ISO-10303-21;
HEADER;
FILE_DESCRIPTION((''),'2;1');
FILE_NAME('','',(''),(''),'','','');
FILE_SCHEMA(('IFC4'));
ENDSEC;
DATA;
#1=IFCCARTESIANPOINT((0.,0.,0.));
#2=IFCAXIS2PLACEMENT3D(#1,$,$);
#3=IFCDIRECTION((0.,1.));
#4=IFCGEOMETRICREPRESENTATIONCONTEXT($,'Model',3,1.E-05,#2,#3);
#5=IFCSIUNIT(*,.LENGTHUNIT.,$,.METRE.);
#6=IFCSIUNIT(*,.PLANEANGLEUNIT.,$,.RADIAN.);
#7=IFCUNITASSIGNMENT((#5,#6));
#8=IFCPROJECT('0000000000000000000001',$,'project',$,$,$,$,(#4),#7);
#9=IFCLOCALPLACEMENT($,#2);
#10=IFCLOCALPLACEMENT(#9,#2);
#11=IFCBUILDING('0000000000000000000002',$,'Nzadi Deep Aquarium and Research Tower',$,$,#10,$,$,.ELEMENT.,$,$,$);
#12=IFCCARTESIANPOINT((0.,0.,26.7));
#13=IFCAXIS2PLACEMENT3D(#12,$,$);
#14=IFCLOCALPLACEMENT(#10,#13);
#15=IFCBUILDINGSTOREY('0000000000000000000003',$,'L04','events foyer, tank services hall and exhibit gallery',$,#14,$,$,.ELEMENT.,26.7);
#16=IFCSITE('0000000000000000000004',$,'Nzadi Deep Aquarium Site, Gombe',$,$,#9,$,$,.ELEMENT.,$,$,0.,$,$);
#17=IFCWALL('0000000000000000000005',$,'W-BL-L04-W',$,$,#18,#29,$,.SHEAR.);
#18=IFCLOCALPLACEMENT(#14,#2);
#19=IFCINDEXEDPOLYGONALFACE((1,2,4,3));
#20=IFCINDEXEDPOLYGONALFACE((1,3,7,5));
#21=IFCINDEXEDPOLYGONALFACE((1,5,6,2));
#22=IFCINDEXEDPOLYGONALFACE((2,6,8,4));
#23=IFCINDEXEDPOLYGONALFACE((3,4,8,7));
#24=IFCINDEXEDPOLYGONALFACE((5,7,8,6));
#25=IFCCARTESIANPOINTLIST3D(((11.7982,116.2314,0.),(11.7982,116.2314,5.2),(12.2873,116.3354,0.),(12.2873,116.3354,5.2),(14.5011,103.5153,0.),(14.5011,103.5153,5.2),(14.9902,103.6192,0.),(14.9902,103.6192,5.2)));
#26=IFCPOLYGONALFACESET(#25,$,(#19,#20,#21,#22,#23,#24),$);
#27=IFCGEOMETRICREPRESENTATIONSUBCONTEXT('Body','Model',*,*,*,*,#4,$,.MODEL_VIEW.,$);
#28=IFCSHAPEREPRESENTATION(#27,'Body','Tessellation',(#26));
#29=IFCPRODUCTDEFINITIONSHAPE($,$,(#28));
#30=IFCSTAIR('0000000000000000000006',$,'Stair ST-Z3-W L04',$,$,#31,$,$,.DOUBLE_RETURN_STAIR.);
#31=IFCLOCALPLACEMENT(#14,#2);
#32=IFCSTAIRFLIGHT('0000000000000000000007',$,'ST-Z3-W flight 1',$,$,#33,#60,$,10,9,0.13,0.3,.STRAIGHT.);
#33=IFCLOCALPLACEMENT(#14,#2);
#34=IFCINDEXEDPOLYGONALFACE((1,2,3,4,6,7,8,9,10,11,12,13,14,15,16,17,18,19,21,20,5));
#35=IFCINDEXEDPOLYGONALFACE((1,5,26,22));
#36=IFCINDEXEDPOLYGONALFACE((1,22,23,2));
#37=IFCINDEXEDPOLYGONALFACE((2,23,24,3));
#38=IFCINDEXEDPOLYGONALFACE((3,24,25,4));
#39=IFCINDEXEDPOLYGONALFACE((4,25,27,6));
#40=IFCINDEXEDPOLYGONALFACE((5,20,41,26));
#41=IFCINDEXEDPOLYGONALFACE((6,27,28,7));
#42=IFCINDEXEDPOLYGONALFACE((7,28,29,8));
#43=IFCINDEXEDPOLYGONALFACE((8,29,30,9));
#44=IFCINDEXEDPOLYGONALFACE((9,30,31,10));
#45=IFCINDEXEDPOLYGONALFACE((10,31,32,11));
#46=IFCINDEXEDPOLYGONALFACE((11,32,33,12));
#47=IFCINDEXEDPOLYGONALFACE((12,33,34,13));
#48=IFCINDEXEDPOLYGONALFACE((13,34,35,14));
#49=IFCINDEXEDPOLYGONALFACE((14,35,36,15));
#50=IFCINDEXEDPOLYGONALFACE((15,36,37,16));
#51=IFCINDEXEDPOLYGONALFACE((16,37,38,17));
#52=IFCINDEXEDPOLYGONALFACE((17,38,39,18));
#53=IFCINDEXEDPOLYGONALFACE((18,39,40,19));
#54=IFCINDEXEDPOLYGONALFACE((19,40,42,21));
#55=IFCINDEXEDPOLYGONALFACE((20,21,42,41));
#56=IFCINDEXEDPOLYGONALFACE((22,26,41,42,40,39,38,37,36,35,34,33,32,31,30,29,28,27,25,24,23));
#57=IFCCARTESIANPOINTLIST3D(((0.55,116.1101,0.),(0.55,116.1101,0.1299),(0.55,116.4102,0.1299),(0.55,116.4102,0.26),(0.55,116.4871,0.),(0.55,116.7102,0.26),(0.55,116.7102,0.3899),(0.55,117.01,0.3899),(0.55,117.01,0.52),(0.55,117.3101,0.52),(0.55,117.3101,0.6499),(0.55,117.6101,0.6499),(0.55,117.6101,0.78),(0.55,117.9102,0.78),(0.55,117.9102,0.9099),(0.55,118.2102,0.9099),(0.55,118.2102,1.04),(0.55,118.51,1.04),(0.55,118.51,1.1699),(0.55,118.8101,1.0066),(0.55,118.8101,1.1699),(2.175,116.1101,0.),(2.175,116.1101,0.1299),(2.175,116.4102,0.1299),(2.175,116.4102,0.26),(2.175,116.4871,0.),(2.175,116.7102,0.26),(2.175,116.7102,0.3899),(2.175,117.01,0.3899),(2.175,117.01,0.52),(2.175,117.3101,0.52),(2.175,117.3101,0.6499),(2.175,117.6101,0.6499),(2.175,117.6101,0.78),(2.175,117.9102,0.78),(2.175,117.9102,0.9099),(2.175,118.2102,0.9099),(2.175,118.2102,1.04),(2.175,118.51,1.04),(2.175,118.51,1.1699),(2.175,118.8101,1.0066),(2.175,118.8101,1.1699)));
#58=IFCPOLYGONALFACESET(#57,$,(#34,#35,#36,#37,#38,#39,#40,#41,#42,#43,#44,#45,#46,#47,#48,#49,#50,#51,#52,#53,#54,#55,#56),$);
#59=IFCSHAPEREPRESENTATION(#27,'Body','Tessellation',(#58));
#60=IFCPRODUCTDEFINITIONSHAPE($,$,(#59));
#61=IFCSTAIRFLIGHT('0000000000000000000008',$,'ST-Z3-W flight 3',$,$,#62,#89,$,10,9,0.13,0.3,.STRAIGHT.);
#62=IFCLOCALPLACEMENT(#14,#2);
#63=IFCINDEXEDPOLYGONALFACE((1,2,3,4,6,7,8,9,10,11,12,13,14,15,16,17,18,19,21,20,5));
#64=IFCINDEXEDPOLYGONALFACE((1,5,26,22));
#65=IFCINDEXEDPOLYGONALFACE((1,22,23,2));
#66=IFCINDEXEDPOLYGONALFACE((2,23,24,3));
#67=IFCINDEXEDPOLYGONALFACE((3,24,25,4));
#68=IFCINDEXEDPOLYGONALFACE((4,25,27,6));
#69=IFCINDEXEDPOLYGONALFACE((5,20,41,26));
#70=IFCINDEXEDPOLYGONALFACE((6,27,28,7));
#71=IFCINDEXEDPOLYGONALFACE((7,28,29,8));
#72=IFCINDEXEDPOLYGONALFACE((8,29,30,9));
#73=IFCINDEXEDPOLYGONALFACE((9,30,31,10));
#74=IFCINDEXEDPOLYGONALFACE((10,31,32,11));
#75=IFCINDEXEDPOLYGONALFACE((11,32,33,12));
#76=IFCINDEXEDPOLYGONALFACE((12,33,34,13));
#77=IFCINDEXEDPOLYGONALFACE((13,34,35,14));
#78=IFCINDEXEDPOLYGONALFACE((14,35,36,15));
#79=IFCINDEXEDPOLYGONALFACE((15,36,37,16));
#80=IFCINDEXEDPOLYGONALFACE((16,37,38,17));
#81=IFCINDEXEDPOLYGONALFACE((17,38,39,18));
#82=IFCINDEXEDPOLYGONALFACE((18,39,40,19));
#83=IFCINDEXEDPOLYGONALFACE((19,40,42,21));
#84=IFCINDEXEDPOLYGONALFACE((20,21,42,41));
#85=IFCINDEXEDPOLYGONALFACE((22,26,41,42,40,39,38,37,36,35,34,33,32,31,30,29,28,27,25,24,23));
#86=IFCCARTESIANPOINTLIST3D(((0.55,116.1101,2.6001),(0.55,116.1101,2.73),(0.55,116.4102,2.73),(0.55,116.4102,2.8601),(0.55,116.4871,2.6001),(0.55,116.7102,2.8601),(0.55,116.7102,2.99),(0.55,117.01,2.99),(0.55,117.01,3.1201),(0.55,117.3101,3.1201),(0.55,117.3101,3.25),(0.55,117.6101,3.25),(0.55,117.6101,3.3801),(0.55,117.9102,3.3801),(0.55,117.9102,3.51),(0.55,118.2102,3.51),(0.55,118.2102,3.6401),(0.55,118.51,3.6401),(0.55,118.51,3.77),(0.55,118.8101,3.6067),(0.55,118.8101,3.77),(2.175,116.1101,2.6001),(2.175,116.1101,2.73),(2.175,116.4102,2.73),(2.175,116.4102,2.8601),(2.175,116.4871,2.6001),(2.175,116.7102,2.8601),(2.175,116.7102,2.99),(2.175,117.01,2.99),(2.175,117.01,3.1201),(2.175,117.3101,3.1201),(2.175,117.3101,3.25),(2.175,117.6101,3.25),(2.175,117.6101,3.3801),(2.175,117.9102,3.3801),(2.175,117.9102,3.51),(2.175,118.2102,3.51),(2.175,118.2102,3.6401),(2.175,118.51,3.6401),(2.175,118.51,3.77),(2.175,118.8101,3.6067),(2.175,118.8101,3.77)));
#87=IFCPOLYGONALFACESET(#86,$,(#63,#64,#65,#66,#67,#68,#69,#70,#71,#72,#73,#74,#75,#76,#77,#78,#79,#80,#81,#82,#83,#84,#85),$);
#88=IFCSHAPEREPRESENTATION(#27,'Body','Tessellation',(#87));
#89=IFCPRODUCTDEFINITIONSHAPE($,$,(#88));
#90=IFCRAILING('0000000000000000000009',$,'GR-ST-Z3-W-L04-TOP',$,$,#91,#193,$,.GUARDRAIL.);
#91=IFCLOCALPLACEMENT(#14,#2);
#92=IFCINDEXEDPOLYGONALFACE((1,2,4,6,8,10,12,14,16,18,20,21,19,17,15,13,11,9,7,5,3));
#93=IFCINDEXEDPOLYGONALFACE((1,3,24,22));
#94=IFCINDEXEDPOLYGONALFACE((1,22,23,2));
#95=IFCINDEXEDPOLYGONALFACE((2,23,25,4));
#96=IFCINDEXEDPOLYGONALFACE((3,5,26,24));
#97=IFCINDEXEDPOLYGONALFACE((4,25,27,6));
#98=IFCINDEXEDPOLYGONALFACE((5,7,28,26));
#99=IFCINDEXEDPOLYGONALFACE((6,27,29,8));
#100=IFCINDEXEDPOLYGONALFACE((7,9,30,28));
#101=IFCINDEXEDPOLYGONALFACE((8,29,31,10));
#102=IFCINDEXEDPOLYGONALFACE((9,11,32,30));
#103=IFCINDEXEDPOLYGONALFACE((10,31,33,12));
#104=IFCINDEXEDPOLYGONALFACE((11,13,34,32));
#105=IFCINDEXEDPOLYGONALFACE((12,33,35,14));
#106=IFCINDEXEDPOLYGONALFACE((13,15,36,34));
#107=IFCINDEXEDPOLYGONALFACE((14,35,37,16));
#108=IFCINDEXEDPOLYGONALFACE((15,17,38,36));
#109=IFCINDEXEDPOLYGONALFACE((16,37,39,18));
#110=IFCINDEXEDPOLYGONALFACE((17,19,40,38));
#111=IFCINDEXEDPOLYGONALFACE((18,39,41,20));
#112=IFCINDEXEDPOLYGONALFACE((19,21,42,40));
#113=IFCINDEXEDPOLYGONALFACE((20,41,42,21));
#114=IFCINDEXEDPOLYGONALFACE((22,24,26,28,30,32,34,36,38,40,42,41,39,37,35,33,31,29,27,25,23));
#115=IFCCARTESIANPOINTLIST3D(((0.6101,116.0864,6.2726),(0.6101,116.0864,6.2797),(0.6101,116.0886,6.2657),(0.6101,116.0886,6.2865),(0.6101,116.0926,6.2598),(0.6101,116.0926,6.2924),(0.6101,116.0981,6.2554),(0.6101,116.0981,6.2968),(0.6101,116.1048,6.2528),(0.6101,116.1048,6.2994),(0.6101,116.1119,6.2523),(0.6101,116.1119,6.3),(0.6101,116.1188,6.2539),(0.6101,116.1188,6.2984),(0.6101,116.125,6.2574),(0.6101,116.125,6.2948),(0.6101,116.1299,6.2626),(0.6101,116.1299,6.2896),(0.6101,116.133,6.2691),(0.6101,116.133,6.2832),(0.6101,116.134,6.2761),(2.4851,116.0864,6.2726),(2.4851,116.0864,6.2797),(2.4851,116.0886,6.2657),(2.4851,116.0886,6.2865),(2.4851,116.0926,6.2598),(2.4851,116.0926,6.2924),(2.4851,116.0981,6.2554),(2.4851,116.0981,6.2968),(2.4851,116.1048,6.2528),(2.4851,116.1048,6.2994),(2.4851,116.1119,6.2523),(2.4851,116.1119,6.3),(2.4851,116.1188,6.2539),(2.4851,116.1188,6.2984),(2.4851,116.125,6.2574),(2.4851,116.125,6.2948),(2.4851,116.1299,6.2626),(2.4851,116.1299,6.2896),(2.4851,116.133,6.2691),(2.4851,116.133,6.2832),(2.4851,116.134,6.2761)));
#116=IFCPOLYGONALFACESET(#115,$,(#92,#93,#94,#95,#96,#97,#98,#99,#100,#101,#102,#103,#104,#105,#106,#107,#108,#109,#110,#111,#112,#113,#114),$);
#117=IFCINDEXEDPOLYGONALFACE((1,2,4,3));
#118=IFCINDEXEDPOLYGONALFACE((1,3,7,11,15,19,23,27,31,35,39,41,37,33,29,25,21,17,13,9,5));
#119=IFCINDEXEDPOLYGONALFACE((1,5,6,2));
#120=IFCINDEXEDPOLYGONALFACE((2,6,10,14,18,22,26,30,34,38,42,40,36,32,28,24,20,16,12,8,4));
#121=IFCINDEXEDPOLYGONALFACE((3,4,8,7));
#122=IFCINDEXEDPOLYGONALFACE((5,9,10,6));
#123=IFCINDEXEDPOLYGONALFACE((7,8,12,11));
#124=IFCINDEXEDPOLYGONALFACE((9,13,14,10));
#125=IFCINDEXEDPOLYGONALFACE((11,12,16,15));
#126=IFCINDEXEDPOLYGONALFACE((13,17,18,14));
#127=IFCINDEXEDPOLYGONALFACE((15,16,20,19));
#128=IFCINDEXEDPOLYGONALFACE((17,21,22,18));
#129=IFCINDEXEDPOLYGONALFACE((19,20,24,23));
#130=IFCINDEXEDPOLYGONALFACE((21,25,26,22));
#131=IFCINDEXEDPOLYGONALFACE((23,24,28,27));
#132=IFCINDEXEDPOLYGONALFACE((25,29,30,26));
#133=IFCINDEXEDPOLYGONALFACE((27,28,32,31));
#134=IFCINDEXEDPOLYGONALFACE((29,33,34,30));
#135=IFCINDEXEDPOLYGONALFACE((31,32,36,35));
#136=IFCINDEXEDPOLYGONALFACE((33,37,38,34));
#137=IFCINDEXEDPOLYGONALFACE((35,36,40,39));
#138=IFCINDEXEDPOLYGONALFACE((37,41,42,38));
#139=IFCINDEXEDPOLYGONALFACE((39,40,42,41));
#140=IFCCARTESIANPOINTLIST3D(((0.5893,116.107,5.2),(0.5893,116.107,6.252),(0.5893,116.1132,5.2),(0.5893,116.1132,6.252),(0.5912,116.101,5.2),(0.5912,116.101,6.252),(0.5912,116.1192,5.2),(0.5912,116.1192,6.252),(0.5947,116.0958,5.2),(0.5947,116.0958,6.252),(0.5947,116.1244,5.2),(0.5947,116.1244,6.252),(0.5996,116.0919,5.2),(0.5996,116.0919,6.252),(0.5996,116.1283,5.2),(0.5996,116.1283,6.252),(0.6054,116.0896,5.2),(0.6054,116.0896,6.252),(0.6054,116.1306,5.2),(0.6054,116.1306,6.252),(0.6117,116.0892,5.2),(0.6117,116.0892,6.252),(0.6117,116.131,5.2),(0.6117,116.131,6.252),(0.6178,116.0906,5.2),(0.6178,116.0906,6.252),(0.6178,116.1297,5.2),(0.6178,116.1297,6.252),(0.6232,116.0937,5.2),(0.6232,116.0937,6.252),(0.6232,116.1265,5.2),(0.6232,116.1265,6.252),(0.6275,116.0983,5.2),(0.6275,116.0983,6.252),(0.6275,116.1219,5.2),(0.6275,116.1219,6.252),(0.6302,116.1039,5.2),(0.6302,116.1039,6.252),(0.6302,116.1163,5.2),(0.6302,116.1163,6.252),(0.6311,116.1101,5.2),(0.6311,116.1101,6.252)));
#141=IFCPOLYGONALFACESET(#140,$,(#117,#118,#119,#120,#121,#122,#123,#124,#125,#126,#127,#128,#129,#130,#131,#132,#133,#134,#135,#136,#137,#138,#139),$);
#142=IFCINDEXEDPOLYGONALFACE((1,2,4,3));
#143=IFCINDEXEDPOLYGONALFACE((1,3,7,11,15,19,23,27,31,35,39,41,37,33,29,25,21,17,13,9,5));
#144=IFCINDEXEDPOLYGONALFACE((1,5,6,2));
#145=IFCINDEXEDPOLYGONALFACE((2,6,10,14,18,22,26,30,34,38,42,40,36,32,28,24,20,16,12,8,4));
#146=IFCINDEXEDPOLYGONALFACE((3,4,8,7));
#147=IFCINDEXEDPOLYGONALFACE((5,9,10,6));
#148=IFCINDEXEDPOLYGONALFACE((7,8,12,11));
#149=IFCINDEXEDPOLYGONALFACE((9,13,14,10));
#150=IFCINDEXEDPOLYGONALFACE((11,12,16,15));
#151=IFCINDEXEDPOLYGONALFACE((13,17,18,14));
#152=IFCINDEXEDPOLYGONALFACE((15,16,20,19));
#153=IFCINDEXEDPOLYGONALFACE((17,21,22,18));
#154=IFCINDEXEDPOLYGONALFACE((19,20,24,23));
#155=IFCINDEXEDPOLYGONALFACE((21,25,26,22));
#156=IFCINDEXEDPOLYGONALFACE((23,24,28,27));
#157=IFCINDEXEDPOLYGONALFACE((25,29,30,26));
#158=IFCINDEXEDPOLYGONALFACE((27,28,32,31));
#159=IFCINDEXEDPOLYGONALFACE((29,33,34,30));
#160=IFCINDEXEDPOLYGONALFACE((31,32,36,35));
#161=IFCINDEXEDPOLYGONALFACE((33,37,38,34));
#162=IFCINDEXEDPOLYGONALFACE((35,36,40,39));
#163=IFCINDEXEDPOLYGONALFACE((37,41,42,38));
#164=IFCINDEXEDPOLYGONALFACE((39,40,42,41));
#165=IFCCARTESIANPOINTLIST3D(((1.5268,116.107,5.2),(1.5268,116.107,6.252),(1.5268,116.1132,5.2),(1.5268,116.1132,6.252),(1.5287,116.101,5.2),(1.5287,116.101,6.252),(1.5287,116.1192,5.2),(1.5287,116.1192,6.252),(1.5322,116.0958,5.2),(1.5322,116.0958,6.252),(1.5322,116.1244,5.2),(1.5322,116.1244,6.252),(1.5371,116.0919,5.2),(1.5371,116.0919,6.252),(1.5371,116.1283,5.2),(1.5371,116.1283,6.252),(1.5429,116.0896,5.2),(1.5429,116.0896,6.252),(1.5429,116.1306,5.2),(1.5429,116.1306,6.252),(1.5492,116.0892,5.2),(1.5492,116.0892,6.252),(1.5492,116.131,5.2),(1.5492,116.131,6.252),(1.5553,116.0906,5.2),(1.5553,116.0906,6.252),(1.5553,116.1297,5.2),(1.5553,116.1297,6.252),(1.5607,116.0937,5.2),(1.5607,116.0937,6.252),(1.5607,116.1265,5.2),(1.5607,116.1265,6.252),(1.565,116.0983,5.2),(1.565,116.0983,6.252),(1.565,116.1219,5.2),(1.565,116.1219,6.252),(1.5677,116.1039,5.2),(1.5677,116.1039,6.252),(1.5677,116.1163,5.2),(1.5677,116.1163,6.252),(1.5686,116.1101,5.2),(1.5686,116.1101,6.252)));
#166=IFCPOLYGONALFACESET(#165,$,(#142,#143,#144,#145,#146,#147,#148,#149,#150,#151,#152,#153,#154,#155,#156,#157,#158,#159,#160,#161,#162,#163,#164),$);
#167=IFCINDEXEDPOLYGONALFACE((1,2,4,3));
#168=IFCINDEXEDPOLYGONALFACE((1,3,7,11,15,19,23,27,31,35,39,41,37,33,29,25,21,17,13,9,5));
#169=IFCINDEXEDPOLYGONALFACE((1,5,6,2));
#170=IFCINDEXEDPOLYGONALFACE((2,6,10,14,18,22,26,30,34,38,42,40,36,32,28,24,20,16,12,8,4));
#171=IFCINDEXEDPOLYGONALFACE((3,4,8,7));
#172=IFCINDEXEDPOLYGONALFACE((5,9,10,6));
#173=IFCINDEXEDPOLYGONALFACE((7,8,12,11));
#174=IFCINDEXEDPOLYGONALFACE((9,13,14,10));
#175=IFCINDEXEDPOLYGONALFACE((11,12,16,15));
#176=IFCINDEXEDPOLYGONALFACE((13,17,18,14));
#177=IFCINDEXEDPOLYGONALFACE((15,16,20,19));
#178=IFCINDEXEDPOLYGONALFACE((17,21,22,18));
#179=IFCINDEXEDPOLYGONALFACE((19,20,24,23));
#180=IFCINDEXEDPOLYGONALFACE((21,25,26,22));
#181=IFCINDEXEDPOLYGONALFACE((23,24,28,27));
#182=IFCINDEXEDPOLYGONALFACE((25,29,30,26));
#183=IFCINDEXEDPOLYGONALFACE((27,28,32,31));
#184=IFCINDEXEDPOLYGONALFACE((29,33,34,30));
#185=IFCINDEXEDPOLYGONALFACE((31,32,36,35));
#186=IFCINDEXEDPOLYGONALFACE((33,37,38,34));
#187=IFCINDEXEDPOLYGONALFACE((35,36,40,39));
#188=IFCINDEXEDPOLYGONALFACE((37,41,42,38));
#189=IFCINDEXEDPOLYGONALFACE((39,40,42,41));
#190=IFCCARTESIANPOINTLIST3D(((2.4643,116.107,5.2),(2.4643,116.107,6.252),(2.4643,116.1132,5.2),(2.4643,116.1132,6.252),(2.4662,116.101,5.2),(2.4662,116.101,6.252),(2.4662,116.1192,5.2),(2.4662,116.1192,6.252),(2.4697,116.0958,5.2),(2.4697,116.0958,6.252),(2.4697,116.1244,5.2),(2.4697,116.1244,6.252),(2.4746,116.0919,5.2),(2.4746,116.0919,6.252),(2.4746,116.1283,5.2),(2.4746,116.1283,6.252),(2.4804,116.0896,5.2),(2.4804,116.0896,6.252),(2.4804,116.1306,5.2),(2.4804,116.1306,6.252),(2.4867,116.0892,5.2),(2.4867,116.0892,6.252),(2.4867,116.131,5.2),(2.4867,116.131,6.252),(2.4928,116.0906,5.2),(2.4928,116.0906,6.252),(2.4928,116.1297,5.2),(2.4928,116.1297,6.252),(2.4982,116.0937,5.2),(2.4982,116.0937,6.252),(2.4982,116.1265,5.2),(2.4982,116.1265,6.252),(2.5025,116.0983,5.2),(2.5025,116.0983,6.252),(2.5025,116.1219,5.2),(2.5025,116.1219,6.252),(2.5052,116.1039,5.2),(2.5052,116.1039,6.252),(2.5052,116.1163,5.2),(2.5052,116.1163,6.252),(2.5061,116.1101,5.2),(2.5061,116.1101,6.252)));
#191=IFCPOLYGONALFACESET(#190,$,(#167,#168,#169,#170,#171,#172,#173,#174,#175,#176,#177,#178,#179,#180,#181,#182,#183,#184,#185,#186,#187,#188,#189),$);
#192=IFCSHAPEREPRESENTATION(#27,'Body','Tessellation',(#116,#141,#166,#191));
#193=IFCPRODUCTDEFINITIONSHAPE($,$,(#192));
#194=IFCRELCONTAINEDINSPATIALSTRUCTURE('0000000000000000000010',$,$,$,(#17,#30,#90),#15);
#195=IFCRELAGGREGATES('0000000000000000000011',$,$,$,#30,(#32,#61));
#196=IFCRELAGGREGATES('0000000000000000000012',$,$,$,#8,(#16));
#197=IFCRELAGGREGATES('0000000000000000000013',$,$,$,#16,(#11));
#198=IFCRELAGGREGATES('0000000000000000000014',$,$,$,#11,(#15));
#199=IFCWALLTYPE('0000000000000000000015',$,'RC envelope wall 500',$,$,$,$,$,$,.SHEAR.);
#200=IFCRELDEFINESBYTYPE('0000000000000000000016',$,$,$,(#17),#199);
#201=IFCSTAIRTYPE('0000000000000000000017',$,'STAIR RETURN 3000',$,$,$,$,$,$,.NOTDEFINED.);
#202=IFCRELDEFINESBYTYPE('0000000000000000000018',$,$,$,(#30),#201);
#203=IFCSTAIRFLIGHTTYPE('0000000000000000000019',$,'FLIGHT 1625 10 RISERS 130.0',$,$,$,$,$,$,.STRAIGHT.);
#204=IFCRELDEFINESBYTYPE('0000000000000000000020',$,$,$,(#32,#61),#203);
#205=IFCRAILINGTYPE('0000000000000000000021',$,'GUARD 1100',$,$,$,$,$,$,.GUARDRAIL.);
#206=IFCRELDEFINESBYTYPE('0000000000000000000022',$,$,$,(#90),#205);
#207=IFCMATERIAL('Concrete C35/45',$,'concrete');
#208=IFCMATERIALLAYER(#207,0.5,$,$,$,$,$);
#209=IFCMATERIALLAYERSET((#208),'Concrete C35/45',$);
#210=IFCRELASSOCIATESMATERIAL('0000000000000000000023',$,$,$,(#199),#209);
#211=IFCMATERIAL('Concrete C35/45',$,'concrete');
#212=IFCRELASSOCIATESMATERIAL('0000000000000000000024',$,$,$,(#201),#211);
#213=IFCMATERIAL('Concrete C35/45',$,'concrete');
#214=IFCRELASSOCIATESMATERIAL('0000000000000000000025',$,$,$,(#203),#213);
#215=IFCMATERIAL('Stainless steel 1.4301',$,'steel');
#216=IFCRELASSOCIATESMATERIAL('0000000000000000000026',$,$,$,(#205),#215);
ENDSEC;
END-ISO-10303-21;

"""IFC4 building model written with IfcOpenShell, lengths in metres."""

from ifc_helpers import new_model, si_unit, direction, frame, frame_2d, origin, origin_2d, place, context, subcontext, project, spatial, polyline, rectangle, circle, outline, extrude, material, layer, layer_set, type_object, element, aggregate, save


model = new_model("IFC4")

# Units and contexts
model_context = context("Model", 3, precision=1e-05, world=origin(), true_north=direction((0.0, 1.0)))
body_context = subcontext(model_context, "Body", "Model", "MODEL_VIEW")
ifc_project = project(units=[si_unit("LENGTHUNIT", "METRE"), si_unit("PLANEANGLEUNIT", "RADIAN")], contexts=[model_context])

# Site, building, storey
site_placement = place(None, origin())
site = spatial("IfcSite", under=ifc_project, at=site_placement, Name="Nzadi Deep Aquarium Site, Gombe", CompositionType="ELEMENT", RefElevation=0.0)
building_placement = place(site_placement, origin())
building = spatial("IfcBuilding", under=site, at=building_placement, Name="Nzadi Deep Aquarium and Research Tower", CompositionType="ELEMENT")
storey_placement = place(building_placement, frame((0.0, 0.0, 26.7)))
storey = spatial("IfcBuildingStorey", under=building, at=storey_placement, Name="L04", Description="events foyer, tank services hall and exhibit gallery", CompositionType="ELEMENT", Elevation=26.7)

# Shared definitions
ifc_material_1 = material(Name="Concrete C35/45", Category="concrete")
ifc_layer_1 = layer(ifc_material_1, 0.5)
ifc_layer_set_1 = layer_set([ifc_layer_1], Name="Concrete C35/45")
wall_type_1 = type_object("IfcWallType", Name="RC envelope wall 500", PredefinedType="SHEAR", material=ifc_layer_set_1)

# Wall
wall_1_placement = place(storey_placement, frame((14.7456, 103.5674, 0.0), z_axis=(0.0, 0.0, 1.0), x_axis=(-0.207912, 0.978148, 0.0)))
element("IfcWall", 1, at=wall_1_placement, inside=storey, type_object=wall_type_1, Name="W-BL-L04-W", PredefinedType="SHEAR", context=body_context, shape_type="SweptSolid", body=[
    extrude(rectangle(XDim=13.0002, YDim=0.5, at=frame_2d((6.5, 0.0))), origin(), (0.0, 0.0, 1.0), 5.2),
])

# Stair, stair flights
ifc_material_2 = material(Name="Concrete C35/45", Category="concrete")
stair_type = type_object("IfcStairType", Name="STAIR RETURN 3000", PredefinedType="NOTDEFINED", material=ifc_material_2)
stair_placement = place(storey_placement, origin())
stair = element("IfcStair", 2, at=stair_placement, inside=storey, type_object=stair_type, Name="Stair ST-Z3-W L04", PredefinedType="DOUBLE_RETURN_STAIR")
ifc_material_3 = material(Name="Concrete C35/45", Category="concrete")
stair_flight_type = type_object("IfcStairFlightType", Name="FLIGHT 1625 10 RISERS 130.0", PredefinedType="STRAIGHT", material=ifc_material_3)
stair_flight_1_placement = place(storey_placement, frame((1.3625, 116.1101, 0.0), z_axis=(0.0, 0.0, 1.0), x_axis=(0.0, 1.0, 0.0)))
stair_flight_1 = element("IfcStairFlight", 3, at=stair_flight_1_placement, type_object=stair_flight_type, Name="ST-Z3-W flight 1", NumberOfRisers=10, NumberOfTreads=9, PredefinedType="STRAIGHT", RiserHeight=0.13, TreadLength=0.3, context=body_context, shape_type="SweptSolid", body=[
    extrude(outline(polyline([(0.0, 0.0), (0.0, 0.1299), (0.3, 0.1299), (0.3, 0.26), (0.6001, 0.26), (0.6001, 0.3899), (0.8999, 0.3899), (0.8999, 0.52), (1.2, 0.52), (1.2, 0.6499), (1.5, 0.6499), (1.5, 0.78), (1.8, 0.78), (1.8, 0.9099), (2.1001, 0.9099), (2.1001, 1.04), (2.3999, 1.04), (2.3999, 1.1699), (2.7, 1.1699), (2.7, 1.3), (2.7, 1.0066), (0.377, 0.0), (0.0, 0.0)])), frame((0.0, 0.8125, 0.0), z_axis=(0.0, -1.0, 0.0), x_axis=(1.0, 0.0, 0.0)), (0.0, 0.0, 1.0), 1.625),
])
stair_flight_2_placement = place(storey_placement, frame((1.3625, 116.1101, 2.6001), z_axis=(0.0, 0.0, 1.0), x_axis=(0.0, 1.0, 0.0)))
stair_flight_2 = element("IfcStairFlight", 4, at=stair_flight_2_placement, type_object=stair_flight_type, Name="ST-Z3-W flight 3", NumberOfRisers=10, NumberOfTreads=9, PredefinedType="STRAIGHT", RiserHeight=0.13, TreadLength=0.3, context=body_context, shape_type="SweptSolid", body=[
    extrude(outline(polyline([(0.0, 0.0), (0.0, 0.1299), (0.3, 0.1299), (0.3, 0.26), (0.6001, 0.26), (0.6001, 0.3899), (0.8999, 0.3899), (0.8999, 0.52), (1.2, 0.52), (1.2, 0.6499), (1.5, 0.6499), (1.5, 0.78), (1.8, 0.78), (1.8, 0.9099), (2.1001, 0.9099), (2.1001, 1.04), (2.3999, 1.04), (2.3999, 1.1699), (2.7, 1.1699), (2.7, 1.3), (2.7, 1.0066), (0.377, 0.0), (0.0, 0.0)])), frame((0.0, 0.8125, 0.0), z_axis=(0.0, -1.0, 0.0), x_axis=(1.0, 0.0, 0.0)), (0.0, 0.0, 1.0), 1.625),
])
aggregate(stair, [stair_flight_1, stair_flight_2])

# Railing
ifc_material_4 = material(Name="Stainless steel 1.4301", Category="steel")
railing_type_1 = type_object("IfcRailingType", Name="GUARD 1100", PredefinedType="GUARDRAIL", material=ifc_material_4)
railing_1_placement = place(storey_placement, frame((0.6101, 116.1101, 5.2)))
element("IfcRailing", 5, at=railing_1_placement, inside=storey, type_object=railing_type_1, Name="GR-ST-Z3-W-L04-TOP", PredefinedType="GUARDRAIL", context=body_context, shape_type="SweptSolid", body=[
    extrude(circle(Radius=0.0239, at=origin_2d()), frame((0.0, 0.0, 1.0762), z_axis=(1.0, 0.0, 0.0), x_axis=(0.0, 1.0, 0.0)), (0.0, 0.0, 1.0), 1.875),
    extrude(circle(Radius=0.021, at=origin_2d()), origin(), (0.0, 0.0, 1.0), 1.052),
    extrude(circle(Radius=0.021, at=origin_2d()), frame((0.9375, 0.0, 0.0)), (0.0, 0.0, 1.0), 1.052),
    extrude(circle(Radius=0.021, at=origin_2d()), frame((1.875, 0.0, 0.0)), (0.0, 0.0, 1.0), 1.052),
])

save(model, "model.ifc")
